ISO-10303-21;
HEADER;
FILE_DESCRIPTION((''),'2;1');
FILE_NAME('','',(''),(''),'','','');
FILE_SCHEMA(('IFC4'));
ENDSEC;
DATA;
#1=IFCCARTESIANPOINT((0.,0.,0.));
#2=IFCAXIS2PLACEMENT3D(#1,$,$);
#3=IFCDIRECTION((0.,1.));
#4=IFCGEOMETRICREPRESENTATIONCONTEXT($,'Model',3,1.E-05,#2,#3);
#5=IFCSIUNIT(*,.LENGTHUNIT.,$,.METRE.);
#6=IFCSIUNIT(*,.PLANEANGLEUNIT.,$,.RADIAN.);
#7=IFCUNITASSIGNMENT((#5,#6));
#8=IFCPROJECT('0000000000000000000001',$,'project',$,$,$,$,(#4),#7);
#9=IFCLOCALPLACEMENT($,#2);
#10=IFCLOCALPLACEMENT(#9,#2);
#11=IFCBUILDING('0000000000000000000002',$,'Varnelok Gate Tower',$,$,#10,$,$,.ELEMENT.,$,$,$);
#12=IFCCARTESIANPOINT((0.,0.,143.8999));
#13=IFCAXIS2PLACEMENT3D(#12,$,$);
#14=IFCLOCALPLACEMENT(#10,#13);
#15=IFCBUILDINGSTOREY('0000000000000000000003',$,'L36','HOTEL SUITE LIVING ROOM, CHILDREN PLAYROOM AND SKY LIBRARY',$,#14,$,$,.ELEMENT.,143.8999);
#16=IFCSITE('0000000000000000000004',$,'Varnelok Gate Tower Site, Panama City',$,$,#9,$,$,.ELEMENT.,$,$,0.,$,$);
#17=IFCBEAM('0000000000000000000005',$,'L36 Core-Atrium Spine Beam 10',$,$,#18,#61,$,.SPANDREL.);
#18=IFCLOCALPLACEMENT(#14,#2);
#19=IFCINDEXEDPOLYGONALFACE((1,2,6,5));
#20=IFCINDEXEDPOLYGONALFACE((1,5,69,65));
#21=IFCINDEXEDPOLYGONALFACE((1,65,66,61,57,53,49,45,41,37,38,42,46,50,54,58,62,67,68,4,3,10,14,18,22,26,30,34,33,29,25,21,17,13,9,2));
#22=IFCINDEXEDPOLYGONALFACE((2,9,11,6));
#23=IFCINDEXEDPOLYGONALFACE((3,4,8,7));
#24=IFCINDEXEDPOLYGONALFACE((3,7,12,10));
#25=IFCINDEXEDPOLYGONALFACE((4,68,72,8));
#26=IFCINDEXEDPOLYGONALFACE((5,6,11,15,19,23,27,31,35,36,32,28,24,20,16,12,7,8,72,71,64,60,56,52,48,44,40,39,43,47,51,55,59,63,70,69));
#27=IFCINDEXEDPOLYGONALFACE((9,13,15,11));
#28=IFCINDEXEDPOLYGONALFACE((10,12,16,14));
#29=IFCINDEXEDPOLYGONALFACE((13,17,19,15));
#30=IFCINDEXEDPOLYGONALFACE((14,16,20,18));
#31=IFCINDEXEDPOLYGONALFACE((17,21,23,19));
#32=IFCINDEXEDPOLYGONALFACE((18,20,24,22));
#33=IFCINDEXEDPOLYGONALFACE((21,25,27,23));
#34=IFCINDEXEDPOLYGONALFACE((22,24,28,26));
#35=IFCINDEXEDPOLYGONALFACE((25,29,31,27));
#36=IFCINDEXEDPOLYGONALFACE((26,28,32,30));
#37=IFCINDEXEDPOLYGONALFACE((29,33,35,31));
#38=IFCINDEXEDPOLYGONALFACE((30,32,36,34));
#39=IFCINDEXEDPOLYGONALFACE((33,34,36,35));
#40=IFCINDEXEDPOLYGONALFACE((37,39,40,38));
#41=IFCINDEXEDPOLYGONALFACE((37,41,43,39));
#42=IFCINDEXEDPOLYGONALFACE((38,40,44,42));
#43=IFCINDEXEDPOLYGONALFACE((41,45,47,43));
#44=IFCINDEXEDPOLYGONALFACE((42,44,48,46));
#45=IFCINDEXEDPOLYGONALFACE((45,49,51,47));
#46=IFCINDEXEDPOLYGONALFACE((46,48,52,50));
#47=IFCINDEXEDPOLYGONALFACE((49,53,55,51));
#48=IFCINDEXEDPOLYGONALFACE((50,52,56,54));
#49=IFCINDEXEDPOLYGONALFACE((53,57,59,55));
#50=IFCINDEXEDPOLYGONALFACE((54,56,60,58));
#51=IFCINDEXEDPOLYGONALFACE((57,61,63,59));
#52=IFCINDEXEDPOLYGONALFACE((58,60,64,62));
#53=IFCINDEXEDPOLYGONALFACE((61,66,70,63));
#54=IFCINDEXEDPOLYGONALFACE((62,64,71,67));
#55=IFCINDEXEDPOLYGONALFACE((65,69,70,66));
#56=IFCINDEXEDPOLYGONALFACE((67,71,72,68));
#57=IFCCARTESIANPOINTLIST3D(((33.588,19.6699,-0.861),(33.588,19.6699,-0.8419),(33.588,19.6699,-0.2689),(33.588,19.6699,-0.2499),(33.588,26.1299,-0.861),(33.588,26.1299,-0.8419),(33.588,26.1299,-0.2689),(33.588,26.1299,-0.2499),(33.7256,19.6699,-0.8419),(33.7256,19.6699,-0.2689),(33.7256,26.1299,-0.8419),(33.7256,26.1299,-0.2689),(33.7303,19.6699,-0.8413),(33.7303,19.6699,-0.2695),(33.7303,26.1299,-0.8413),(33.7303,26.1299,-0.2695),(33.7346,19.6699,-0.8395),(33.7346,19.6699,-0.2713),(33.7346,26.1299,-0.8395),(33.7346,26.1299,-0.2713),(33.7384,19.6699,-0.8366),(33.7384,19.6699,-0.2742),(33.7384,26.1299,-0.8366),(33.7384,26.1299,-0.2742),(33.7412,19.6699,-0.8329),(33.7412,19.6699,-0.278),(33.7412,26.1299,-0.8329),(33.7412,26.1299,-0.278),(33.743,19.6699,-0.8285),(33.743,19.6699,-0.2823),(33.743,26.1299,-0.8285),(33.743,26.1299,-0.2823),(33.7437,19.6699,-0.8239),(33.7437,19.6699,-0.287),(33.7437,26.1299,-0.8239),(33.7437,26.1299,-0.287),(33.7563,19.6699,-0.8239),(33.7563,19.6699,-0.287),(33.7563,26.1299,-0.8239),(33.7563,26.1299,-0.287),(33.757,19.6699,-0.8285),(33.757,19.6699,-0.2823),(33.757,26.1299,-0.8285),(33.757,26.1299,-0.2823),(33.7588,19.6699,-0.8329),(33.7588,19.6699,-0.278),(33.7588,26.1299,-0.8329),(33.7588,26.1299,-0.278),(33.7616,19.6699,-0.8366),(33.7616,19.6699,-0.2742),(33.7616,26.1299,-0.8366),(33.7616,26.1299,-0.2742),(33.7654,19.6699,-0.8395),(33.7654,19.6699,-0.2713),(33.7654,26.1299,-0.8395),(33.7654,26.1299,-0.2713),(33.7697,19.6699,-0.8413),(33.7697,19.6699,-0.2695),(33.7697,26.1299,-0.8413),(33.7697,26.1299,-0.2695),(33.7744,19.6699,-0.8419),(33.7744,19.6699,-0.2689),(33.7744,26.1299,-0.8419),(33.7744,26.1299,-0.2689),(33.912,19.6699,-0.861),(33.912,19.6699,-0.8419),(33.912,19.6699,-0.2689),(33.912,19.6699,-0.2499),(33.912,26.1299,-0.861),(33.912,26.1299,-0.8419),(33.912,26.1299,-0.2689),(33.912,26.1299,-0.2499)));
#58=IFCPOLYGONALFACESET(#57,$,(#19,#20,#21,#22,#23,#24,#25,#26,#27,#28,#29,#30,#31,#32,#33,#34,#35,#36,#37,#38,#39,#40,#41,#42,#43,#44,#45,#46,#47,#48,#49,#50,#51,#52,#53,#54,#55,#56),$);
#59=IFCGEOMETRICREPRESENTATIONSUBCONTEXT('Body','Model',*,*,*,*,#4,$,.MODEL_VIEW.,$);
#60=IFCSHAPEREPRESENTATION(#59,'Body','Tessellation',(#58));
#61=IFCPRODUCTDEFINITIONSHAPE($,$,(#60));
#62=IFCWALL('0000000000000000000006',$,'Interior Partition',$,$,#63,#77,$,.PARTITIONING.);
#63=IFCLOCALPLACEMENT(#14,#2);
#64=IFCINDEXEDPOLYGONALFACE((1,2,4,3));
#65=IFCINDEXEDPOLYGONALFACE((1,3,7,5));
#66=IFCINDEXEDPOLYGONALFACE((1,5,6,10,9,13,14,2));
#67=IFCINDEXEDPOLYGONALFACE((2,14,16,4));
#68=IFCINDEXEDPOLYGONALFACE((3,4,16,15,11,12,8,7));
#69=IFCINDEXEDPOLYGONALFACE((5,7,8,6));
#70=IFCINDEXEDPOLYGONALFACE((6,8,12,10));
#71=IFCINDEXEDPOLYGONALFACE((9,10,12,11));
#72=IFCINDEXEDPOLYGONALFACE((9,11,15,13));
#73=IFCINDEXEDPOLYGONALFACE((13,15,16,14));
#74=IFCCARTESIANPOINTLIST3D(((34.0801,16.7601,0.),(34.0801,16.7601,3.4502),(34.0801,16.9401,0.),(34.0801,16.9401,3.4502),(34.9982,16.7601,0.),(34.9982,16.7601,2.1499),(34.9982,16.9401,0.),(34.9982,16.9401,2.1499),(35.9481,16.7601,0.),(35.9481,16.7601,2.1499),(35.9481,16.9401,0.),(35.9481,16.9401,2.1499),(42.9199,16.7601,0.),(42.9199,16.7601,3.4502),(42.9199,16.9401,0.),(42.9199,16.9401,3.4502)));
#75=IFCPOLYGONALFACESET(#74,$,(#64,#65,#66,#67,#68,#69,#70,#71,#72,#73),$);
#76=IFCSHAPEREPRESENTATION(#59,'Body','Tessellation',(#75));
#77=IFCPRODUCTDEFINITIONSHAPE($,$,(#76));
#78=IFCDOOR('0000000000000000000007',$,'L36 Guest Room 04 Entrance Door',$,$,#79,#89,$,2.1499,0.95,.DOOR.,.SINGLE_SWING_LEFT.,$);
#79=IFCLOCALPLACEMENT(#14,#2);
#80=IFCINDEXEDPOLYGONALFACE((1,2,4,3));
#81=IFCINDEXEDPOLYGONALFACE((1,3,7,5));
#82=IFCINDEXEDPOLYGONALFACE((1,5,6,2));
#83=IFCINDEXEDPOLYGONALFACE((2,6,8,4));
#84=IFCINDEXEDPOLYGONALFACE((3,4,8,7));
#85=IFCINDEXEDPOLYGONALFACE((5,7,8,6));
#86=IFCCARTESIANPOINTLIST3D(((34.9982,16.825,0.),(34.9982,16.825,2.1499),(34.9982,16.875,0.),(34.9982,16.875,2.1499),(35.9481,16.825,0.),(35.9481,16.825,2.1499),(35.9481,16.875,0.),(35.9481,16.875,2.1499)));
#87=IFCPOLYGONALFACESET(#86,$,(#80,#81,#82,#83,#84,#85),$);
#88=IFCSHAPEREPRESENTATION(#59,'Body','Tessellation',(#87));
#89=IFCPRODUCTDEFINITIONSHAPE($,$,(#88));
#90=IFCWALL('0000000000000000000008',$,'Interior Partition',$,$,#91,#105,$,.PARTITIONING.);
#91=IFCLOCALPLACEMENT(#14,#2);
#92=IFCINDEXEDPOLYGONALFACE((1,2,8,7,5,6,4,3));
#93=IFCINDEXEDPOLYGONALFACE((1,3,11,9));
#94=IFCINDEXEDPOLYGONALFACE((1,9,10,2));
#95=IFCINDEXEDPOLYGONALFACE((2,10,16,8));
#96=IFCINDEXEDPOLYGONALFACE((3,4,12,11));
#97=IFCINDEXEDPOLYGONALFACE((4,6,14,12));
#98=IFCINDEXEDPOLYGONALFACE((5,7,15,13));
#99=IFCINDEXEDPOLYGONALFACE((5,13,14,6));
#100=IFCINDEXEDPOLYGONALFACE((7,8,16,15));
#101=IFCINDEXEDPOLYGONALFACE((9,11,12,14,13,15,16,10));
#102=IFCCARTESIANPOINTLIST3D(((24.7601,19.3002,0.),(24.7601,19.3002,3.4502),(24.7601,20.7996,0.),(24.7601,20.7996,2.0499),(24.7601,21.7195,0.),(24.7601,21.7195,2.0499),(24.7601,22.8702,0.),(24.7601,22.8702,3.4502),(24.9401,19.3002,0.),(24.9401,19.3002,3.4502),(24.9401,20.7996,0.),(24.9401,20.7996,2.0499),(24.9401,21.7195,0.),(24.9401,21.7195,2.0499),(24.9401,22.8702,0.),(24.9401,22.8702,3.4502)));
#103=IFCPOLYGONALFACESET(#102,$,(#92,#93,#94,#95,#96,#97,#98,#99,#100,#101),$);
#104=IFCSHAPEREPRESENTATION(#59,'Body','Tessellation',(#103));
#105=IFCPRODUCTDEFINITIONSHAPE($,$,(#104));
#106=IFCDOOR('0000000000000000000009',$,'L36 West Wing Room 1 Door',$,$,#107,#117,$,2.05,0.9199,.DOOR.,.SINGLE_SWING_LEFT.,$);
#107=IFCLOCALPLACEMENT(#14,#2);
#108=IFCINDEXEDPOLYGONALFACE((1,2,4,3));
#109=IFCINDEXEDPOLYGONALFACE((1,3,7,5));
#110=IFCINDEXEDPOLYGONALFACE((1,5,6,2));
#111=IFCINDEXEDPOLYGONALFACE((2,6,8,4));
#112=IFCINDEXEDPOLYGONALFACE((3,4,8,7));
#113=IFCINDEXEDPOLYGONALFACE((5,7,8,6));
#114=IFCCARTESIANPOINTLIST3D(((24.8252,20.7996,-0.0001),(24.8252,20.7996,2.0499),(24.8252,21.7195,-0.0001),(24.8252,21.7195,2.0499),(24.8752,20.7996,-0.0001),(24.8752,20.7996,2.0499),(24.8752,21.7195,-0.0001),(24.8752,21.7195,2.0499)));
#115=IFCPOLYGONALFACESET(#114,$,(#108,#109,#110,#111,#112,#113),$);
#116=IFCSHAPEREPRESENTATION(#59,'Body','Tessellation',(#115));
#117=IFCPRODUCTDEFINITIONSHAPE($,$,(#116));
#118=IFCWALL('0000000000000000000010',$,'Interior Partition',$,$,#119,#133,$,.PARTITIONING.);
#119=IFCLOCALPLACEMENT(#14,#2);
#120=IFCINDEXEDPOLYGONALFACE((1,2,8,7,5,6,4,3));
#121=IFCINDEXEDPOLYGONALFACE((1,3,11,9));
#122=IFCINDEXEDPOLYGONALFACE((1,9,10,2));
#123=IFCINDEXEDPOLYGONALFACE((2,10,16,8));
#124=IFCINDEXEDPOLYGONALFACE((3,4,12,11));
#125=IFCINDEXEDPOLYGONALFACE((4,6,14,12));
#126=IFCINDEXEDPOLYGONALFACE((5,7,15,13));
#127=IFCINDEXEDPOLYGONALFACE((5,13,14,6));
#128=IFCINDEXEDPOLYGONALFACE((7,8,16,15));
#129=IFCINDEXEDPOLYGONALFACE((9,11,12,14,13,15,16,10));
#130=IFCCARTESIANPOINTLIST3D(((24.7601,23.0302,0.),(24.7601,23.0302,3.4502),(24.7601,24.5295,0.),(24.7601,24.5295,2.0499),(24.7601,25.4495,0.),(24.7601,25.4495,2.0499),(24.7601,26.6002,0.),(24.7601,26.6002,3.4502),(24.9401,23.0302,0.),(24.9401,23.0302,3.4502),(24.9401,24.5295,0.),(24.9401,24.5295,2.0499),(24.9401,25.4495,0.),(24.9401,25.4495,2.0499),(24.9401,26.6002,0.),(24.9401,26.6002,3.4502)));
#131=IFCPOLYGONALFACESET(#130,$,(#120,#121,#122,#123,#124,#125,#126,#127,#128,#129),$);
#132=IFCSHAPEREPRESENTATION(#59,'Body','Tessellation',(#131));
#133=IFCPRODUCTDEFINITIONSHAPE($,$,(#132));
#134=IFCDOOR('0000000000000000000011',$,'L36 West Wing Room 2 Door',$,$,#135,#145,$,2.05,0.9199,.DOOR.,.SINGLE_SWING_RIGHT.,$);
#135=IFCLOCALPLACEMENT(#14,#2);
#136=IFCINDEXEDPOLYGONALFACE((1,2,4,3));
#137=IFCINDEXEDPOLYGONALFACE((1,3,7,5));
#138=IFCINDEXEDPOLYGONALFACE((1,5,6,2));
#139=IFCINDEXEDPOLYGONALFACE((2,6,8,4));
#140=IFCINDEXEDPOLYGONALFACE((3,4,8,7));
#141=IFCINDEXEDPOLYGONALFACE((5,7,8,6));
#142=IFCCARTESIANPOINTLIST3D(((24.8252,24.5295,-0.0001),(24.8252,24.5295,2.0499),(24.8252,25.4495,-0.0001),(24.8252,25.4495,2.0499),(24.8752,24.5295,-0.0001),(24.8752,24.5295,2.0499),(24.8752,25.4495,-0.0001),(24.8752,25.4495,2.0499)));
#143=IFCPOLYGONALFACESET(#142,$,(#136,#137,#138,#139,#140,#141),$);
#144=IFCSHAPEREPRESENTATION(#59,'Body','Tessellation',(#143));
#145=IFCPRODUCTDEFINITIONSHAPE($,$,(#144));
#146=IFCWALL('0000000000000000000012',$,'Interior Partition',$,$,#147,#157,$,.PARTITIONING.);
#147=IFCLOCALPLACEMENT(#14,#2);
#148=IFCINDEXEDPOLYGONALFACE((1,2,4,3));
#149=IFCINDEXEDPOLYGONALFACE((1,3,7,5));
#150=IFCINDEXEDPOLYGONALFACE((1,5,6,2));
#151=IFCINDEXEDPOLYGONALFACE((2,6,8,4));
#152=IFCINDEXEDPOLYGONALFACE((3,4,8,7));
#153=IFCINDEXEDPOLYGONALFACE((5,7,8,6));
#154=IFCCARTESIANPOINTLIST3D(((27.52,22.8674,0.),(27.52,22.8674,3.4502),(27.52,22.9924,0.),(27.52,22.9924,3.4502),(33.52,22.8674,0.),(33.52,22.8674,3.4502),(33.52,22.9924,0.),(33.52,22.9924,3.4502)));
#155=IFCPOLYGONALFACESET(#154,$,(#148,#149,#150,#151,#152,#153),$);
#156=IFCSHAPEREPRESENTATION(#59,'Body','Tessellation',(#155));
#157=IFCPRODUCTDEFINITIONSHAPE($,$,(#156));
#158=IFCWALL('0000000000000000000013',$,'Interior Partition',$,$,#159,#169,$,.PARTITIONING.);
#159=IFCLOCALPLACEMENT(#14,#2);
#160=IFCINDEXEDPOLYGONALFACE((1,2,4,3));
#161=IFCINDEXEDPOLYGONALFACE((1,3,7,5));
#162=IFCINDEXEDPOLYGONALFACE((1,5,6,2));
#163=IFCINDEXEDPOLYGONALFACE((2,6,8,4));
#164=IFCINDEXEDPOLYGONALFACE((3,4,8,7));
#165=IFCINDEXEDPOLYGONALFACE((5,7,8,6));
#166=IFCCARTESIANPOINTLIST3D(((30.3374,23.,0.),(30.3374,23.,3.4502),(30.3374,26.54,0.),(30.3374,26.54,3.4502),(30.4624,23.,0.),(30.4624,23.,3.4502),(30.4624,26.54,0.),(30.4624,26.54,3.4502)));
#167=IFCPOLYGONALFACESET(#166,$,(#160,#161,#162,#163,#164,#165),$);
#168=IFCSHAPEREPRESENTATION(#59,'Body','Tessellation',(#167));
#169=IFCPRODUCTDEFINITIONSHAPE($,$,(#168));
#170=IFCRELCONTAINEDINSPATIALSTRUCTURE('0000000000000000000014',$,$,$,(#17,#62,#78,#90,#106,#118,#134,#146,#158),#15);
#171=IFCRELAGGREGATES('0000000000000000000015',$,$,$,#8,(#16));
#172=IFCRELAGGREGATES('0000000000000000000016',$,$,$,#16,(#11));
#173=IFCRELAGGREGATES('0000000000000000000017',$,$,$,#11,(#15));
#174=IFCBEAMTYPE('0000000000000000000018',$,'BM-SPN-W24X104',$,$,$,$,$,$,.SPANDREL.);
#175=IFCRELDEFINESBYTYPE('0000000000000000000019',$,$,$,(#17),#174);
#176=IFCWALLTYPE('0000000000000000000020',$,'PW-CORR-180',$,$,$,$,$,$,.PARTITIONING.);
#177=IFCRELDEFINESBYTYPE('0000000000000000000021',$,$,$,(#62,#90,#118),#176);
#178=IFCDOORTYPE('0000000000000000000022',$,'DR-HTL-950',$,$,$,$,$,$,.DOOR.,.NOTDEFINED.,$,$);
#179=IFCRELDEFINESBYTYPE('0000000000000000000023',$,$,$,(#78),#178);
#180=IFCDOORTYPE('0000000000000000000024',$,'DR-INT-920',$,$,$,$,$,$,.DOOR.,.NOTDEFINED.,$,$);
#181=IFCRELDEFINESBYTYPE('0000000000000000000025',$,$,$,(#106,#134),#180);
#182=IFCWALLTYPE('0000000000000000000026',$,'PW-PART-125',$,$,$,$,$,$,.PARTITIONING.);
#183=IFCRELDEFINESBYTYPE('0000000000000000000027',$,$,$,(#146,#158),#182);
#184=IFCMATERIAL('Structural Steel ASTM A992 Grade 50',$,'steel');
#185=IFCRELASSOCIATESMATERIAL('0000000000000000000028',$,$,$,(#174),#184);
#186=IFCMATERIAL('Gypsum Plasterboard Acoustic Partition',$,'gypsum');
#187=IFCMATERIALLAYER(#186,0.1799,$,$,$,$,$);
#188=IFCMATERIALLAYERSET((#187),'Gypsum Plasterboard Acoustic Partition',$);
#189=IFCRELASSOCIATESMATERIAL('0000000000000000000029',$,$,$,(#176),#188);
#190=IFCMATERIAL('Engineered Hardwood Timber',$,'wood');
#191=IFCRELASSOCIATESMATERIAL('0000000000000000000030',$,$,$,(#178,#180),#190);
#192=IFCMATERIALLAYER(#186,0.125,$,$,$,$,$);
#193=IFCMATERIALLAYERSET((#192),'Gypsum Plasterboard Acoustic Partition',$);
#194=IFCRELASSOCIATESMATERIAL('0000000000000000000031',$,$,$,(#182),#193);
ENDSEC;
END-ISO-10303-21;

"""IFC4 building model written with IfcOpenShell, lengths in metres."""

from ifc_helpers import new_model, si_unit, direction, frame, frame_2d, origin, origin_2d, place, context, subcontext, project, spatial, rectangle, i_section, extrude, material, layer, layer_set, material_profile, profile_set, type_object, element, fill, save


model = new_model("IFC4")

# Units and contexts
model_context = context("Model", 3, precision=1e-05, world=origin(), true_north=direction((0.0, 1.0)))
body_context = subcontext(model_context, "Body", "Model", "MODEL_VIEW")
ifc_project = project(units=[si_unit("LENGTHUNIT", "METRE"), si_unit("PLANEANGLEUNIT", "RADIAN")], contexts=[model_context])

# Site, building, storey
site_placement = place(None, origin())
site = spatial("IfcSite", under=ifc_project, at=site_placement, Name="Varnelok Gate Tower Site, Panama City", CompositionType="ELEMENT", RefElevation=0.0)
building_placement = place(site_placement, origin())
building = spatial("IfcBuilding", under=site, at=building_placement, Name="Varnelok Gate Tower", CompositionType="ELEMENT")
storey_placement = place(building_placement, frame((0.0, 0.0, 143.8999)))
storey = spatial("IfcBuildingStorey", under=building, at=storey_placement, Name="L36", Description="HOTEL SUITE LIVING ROOM, CHILDREN PLAYROOM AND SKY LIBRARY", CompositionType="ELEMENT", Elevation=143.8999)

# Shared definitions
ifc_material_1 = material(Name="Structural Steel ASTM A992 Grade 50", Category="steel")

# Beam
ifc_material_profile_1 = material_profile(ifc_material_1, i_section(OverallWidth=0.324, OverallDepth=0.6111, WebThickness=0.0127, FlangeThickness=0.019, FilletRadius=0.0181, at=origin_2d()), Name="W24X104")
ifc_profile_set_1 = profile_set([ifc_material_profile_1], Name="Structural Steel ASTM A992 Grade 50")
beam_type_1 = type_object("IfcBeamType", Name="BM-SPN-W24X104", PredefinedType="SPANDREL", material=ifc_profile_set_1)
beam_1_placement = place(storey_placement, frame((33.75, 19.6699, -0.5554), z_axis=(0.0, 1.0, 0.0), x_axis=(-1.0, 0.0, 0.0)))
element("IfcBeam", 1, at=beam_1_placement, inside=storey, type_object=beam_type_1, Name="L36 Core-Atrium Spine Beam 10", PredefinedType="SPANDREL", context=body_context, shape_type="SweptSolid", body=[
    extrude(i_section(OverallWidth=0.324, OverallDepth=0.6111, WebThickness=0.0127, FlangeThickness=0.019, FilletRadius=0.0181, at=origin_2d()), origin(), (0.0, 0.0, 1.0), 6.46),
])

# Walls, openings, doors
ifc_material_2 = material(Name="Gypsum Plasterboard Acoustic Partition", Category="gypsum")
ifc_layer_1 = layer(ifc_material_2, 0.1799)
ifc_layer_set_1 = layer_set([ifc_layer_1], Name="Gypsum Plasterboard Acoustic Partition")
wall_type_1 = type_object("IfcWallType", Name="PW-CORR-180", PredefinedType="PARTITIONING", material=ifc_layer_set_1)
wall_1_placement = place(storey_placement, frame((34.0801, 16.8501, 0.0), z_axis=(0.0, 0.0, 1.0), x_axis=(1.0, 0.0, 0.0)))
wall_1 = element("IfcWall", 2, at=wall_1_placement, inside=storey, type_object=wall_type_1, Name="Interior Partition", PredefinedType="PARTITIONING", context=body_context, shape_type="SweptSolid", body=[
    extrude(rectangle(XDim=8.8398, YDim=0.1799, at=frame_2d((4.4199, 0.0))), origin(), (0.0, 0.0, 1.0), 3.4502),
])
opening_1_placement = place(wall_1_placement, frame((0.918, 0.0, 0.0)))
opening_1 = element("IfcOpeningElement", 3, at=opening_1_placement, cuts=wall_1, PredefinedType="OPENING", context=body_context, shape_type="SweptSolid", body=[
    extrude(rectangle(XDim=0.95, YDim=2.1499, at=frame_2d((0.4751, 1.075))), frame((0.0, 0.0999, 0.0), z_axis=(0.0, -1.0, 0.0), x_axis=(1.0, 0.0, 0.0)), (0.0, 0.0, 1.0), 0.2),
])
ifc_material_3 = material(Name="Engineered Hardwood Timber", Category="wood")
door_type_1 = type_object("IfcDoorType", Name="DR-HTL-950", OperationType="NOTDEFINED", PredefinedType="DOOR", material=ifc_material_3)
door_1_placement = place(opening_1_placement, origin())
door_1 = element("IfcDoor", 4, at=door_1_placement, inside=storey, type_object=door_type_1, Name="L36 Guest Room 04 Entrance Door", OperationType="SINGLE_SWING_LEFT", OverallHeight=2.1499, OverallWidth=0.95, PredefinedType="DOOR", context=body_context, shape_type="SweptSolid", body=[
    extrude(rectangle(XDim=0.95, YDim=2.1499, at=frame_2d((0.4751, 1.075))), frame((0.0, 0.0249, 0.0), z_axis=(0.0, -1.0, 0.0), x_axis=(1.0, 0.0, 0.0)), (0.0, 0.0, 1.0), 0.05),
])
fill(opening_1, door_1)
wall_2_placement = place(storey_placement, frame((24.8501, 19.3, 0.0), z_axis=(0.0, 0.0, 1.0), x_axis=(0.0, 1.0, 0.0)))
wall_2 = element("IfcWall", 5, at=wall_2_placement, inside=storey, type_object=wall_type_1, Name="Interior Partition", PredefinedType="PARTITIONING", context=body_context, shape_type="SweptSolid", body=[
    extrude(rectangle(XDim=3.5701, YDim=0.1799, at=frame_2d((1.7852, 0.0))), origin(), (0.0, 0.0, 1.0), 3.4502),
])
opening_2_placement = place(wall_2_placement, frame((1.4995, 0.0, 0.0)))
opening_2 = element("IfcOpeningElement", 6, at=opening_2_placement, cuts=wall_2, PredefinedType="OPENING", context=body_context, shape_type="SweptSolid", body=[
    extrude(rectangle(XDim=0.9199, YDim=2.05, at=frame_2d((0.46, 1.0249))), frame((0.0, 0.0999, 0.0), z_axis=(0.0, -1.0, 0.0), x_axis=(1.0, 0.0, 0.0)), (0.0, 0.0, 1.0), 0.2),
])
door_type_2 = type_object("IfcDoorType", Name="DR-INT-920", OperationType="NOTDEFINED", PredefinedType="DOOR", material=ifc_material_3)
door_2_placement = place(opening_2_placement, origin())
door_2 = element("IfcDoor", 7, at=door_2_placement, inside=storey, type_object=door_type_2, Name="L36 West Wing Room 1 Door", OperationType="SINGLE_SWING_LEFT", OverallHeight=2.05, OverallWidth=0.9199, PredefinedType="DOOR", context=body_context, shape_type="SweptSolid", body=[
    extrude(rectangle(XDim=0.9199, YDim=2.05, at=frame_2d((0.46, 1.0249))), frame((0.0, 0.0249, 0.0), z_axis=(0.0, -1.0, 0.0), x_axis=(1.0, 0.0, 0.0)), (0.0, 0.0, 1.0), 0.05),
])
fill(opening_2, door_2)
wall_3_placement = place(storey_placement, frame((24.8501, 23.03, 0.0), z_axis=(0.0, 0.0, 1.0), x_axis=(0.0, 1.0, 0.0)))
wall_3 = element("IfcWall", 8, at=wall_3_placement, inside=storey, type_object=wall_type_1, Name="Interior Partition", PredefinedType="PARTITIONING", context=body_context, shape_type="SweptSolid", body=[
    extrude(rectangle(XDim=3.5701, YDim=0.1799, at=frame_2d((1.7852, 0.0))), origin(), (0.0, 0.0, 1.0), 3.4502),
])
opening_3_placement = place(wall_3_placement, frame((1.4995, 0.0, 0.0)))
opening_3 = element("IfcOpeningElement", 9, at=opening_3_placement, cuts=wall_3, PredefinedType="OPENING", context=body_context, shape_type="SweptSolid", body=[
    extrude(rectangle(XDim=0.9199, YDim=2.05, at=frame_2d((0.46, 1.0249))), frame((0.0, 0.0999, 0.0), z_axis=(0.0, -1.0, 0.0), x_axis=(1.0, 0.0, 0.0)), (0.0, 0.0, 1.0), 0.2),
])
door_3_placement = place(opening_3_placement, origin())
door_3 = element("IfcDoor", 10, at=door_3_placement, inside=storey, type_object=door_type_2, Name="L36 West Wing Room 2 Door", OperationType="SINGLE_SWING_RIGHT", OverallHeight=2.05, OverallWidth=0.9199, PredefinedType="DOOR", context=body_context, shape_type="SweptSolid", body=[
    extrude(rectangle(XDim=0.9199, YDim=2.05, at=frame_2d((0.46, 1.0249))), frame((0.0, 0.0249, 0.0), z_axis=(0.0, -1.0, 0.0), x_axis=(1.0, 0.0, 0.0)), (0.0, 0.0, 1.0), 0.05),
])
fill(opening_3, door_3)

# Walls
ifc_layer_2 = layer(ifc_material_2, 0.125)
ifc_layer_set_2 = layer_set([ifc_layer_2], Name="Gypsum Plasterboard Acoustic Partition")
wall_type_2 = type_object("IfcWallType", Name="PW-PART-125", PredefinedType="PARTITIONING", material=ifc_layer_set_2)
wall_4_placement = place(storey_placement, frame((27.52, 22.9299, 0.0), z_axis=(0.0, 0.0, 1.0), x_axis=(1.0, 0.0, 0.0)))
element("IfcWall", 11, at=wall_4_placement, inside=storey, type_object=wall_type_2, Name="Interior Partition", PredefinedType="PARTITIONING", context=body_context, shape_type="SweptSolid", body=[
    extrude(rectangle(XDim=6.0, YDim=0.125, at=frame_2d((3.0, 0.0))), origin(), (0.0, 0.0, 1.0), 3.4502),
])
wall_5_placement = place(storey_placement, frame((30.3999, 23.0, 0.0), z_axis=(0.0, 0.0, 1.0), x_axis=(0.0, 1.0, 0.0)))
element("IfcWall", 12, at=wall_5_placement, inside=storey, type_object=wall_type_2, Name="Interior Partition", PredefinedType="PARTITIONING", context=body_context, shape_type="SweptSolid", body=[
    extrude(rectangle(XDim=3.54, YDim=0.125, at=frame_2d((1.77, 0.0))), origin(), (0.0, 0.0, 1.0), 3.4502),
])

save(model, "model.ifc")
